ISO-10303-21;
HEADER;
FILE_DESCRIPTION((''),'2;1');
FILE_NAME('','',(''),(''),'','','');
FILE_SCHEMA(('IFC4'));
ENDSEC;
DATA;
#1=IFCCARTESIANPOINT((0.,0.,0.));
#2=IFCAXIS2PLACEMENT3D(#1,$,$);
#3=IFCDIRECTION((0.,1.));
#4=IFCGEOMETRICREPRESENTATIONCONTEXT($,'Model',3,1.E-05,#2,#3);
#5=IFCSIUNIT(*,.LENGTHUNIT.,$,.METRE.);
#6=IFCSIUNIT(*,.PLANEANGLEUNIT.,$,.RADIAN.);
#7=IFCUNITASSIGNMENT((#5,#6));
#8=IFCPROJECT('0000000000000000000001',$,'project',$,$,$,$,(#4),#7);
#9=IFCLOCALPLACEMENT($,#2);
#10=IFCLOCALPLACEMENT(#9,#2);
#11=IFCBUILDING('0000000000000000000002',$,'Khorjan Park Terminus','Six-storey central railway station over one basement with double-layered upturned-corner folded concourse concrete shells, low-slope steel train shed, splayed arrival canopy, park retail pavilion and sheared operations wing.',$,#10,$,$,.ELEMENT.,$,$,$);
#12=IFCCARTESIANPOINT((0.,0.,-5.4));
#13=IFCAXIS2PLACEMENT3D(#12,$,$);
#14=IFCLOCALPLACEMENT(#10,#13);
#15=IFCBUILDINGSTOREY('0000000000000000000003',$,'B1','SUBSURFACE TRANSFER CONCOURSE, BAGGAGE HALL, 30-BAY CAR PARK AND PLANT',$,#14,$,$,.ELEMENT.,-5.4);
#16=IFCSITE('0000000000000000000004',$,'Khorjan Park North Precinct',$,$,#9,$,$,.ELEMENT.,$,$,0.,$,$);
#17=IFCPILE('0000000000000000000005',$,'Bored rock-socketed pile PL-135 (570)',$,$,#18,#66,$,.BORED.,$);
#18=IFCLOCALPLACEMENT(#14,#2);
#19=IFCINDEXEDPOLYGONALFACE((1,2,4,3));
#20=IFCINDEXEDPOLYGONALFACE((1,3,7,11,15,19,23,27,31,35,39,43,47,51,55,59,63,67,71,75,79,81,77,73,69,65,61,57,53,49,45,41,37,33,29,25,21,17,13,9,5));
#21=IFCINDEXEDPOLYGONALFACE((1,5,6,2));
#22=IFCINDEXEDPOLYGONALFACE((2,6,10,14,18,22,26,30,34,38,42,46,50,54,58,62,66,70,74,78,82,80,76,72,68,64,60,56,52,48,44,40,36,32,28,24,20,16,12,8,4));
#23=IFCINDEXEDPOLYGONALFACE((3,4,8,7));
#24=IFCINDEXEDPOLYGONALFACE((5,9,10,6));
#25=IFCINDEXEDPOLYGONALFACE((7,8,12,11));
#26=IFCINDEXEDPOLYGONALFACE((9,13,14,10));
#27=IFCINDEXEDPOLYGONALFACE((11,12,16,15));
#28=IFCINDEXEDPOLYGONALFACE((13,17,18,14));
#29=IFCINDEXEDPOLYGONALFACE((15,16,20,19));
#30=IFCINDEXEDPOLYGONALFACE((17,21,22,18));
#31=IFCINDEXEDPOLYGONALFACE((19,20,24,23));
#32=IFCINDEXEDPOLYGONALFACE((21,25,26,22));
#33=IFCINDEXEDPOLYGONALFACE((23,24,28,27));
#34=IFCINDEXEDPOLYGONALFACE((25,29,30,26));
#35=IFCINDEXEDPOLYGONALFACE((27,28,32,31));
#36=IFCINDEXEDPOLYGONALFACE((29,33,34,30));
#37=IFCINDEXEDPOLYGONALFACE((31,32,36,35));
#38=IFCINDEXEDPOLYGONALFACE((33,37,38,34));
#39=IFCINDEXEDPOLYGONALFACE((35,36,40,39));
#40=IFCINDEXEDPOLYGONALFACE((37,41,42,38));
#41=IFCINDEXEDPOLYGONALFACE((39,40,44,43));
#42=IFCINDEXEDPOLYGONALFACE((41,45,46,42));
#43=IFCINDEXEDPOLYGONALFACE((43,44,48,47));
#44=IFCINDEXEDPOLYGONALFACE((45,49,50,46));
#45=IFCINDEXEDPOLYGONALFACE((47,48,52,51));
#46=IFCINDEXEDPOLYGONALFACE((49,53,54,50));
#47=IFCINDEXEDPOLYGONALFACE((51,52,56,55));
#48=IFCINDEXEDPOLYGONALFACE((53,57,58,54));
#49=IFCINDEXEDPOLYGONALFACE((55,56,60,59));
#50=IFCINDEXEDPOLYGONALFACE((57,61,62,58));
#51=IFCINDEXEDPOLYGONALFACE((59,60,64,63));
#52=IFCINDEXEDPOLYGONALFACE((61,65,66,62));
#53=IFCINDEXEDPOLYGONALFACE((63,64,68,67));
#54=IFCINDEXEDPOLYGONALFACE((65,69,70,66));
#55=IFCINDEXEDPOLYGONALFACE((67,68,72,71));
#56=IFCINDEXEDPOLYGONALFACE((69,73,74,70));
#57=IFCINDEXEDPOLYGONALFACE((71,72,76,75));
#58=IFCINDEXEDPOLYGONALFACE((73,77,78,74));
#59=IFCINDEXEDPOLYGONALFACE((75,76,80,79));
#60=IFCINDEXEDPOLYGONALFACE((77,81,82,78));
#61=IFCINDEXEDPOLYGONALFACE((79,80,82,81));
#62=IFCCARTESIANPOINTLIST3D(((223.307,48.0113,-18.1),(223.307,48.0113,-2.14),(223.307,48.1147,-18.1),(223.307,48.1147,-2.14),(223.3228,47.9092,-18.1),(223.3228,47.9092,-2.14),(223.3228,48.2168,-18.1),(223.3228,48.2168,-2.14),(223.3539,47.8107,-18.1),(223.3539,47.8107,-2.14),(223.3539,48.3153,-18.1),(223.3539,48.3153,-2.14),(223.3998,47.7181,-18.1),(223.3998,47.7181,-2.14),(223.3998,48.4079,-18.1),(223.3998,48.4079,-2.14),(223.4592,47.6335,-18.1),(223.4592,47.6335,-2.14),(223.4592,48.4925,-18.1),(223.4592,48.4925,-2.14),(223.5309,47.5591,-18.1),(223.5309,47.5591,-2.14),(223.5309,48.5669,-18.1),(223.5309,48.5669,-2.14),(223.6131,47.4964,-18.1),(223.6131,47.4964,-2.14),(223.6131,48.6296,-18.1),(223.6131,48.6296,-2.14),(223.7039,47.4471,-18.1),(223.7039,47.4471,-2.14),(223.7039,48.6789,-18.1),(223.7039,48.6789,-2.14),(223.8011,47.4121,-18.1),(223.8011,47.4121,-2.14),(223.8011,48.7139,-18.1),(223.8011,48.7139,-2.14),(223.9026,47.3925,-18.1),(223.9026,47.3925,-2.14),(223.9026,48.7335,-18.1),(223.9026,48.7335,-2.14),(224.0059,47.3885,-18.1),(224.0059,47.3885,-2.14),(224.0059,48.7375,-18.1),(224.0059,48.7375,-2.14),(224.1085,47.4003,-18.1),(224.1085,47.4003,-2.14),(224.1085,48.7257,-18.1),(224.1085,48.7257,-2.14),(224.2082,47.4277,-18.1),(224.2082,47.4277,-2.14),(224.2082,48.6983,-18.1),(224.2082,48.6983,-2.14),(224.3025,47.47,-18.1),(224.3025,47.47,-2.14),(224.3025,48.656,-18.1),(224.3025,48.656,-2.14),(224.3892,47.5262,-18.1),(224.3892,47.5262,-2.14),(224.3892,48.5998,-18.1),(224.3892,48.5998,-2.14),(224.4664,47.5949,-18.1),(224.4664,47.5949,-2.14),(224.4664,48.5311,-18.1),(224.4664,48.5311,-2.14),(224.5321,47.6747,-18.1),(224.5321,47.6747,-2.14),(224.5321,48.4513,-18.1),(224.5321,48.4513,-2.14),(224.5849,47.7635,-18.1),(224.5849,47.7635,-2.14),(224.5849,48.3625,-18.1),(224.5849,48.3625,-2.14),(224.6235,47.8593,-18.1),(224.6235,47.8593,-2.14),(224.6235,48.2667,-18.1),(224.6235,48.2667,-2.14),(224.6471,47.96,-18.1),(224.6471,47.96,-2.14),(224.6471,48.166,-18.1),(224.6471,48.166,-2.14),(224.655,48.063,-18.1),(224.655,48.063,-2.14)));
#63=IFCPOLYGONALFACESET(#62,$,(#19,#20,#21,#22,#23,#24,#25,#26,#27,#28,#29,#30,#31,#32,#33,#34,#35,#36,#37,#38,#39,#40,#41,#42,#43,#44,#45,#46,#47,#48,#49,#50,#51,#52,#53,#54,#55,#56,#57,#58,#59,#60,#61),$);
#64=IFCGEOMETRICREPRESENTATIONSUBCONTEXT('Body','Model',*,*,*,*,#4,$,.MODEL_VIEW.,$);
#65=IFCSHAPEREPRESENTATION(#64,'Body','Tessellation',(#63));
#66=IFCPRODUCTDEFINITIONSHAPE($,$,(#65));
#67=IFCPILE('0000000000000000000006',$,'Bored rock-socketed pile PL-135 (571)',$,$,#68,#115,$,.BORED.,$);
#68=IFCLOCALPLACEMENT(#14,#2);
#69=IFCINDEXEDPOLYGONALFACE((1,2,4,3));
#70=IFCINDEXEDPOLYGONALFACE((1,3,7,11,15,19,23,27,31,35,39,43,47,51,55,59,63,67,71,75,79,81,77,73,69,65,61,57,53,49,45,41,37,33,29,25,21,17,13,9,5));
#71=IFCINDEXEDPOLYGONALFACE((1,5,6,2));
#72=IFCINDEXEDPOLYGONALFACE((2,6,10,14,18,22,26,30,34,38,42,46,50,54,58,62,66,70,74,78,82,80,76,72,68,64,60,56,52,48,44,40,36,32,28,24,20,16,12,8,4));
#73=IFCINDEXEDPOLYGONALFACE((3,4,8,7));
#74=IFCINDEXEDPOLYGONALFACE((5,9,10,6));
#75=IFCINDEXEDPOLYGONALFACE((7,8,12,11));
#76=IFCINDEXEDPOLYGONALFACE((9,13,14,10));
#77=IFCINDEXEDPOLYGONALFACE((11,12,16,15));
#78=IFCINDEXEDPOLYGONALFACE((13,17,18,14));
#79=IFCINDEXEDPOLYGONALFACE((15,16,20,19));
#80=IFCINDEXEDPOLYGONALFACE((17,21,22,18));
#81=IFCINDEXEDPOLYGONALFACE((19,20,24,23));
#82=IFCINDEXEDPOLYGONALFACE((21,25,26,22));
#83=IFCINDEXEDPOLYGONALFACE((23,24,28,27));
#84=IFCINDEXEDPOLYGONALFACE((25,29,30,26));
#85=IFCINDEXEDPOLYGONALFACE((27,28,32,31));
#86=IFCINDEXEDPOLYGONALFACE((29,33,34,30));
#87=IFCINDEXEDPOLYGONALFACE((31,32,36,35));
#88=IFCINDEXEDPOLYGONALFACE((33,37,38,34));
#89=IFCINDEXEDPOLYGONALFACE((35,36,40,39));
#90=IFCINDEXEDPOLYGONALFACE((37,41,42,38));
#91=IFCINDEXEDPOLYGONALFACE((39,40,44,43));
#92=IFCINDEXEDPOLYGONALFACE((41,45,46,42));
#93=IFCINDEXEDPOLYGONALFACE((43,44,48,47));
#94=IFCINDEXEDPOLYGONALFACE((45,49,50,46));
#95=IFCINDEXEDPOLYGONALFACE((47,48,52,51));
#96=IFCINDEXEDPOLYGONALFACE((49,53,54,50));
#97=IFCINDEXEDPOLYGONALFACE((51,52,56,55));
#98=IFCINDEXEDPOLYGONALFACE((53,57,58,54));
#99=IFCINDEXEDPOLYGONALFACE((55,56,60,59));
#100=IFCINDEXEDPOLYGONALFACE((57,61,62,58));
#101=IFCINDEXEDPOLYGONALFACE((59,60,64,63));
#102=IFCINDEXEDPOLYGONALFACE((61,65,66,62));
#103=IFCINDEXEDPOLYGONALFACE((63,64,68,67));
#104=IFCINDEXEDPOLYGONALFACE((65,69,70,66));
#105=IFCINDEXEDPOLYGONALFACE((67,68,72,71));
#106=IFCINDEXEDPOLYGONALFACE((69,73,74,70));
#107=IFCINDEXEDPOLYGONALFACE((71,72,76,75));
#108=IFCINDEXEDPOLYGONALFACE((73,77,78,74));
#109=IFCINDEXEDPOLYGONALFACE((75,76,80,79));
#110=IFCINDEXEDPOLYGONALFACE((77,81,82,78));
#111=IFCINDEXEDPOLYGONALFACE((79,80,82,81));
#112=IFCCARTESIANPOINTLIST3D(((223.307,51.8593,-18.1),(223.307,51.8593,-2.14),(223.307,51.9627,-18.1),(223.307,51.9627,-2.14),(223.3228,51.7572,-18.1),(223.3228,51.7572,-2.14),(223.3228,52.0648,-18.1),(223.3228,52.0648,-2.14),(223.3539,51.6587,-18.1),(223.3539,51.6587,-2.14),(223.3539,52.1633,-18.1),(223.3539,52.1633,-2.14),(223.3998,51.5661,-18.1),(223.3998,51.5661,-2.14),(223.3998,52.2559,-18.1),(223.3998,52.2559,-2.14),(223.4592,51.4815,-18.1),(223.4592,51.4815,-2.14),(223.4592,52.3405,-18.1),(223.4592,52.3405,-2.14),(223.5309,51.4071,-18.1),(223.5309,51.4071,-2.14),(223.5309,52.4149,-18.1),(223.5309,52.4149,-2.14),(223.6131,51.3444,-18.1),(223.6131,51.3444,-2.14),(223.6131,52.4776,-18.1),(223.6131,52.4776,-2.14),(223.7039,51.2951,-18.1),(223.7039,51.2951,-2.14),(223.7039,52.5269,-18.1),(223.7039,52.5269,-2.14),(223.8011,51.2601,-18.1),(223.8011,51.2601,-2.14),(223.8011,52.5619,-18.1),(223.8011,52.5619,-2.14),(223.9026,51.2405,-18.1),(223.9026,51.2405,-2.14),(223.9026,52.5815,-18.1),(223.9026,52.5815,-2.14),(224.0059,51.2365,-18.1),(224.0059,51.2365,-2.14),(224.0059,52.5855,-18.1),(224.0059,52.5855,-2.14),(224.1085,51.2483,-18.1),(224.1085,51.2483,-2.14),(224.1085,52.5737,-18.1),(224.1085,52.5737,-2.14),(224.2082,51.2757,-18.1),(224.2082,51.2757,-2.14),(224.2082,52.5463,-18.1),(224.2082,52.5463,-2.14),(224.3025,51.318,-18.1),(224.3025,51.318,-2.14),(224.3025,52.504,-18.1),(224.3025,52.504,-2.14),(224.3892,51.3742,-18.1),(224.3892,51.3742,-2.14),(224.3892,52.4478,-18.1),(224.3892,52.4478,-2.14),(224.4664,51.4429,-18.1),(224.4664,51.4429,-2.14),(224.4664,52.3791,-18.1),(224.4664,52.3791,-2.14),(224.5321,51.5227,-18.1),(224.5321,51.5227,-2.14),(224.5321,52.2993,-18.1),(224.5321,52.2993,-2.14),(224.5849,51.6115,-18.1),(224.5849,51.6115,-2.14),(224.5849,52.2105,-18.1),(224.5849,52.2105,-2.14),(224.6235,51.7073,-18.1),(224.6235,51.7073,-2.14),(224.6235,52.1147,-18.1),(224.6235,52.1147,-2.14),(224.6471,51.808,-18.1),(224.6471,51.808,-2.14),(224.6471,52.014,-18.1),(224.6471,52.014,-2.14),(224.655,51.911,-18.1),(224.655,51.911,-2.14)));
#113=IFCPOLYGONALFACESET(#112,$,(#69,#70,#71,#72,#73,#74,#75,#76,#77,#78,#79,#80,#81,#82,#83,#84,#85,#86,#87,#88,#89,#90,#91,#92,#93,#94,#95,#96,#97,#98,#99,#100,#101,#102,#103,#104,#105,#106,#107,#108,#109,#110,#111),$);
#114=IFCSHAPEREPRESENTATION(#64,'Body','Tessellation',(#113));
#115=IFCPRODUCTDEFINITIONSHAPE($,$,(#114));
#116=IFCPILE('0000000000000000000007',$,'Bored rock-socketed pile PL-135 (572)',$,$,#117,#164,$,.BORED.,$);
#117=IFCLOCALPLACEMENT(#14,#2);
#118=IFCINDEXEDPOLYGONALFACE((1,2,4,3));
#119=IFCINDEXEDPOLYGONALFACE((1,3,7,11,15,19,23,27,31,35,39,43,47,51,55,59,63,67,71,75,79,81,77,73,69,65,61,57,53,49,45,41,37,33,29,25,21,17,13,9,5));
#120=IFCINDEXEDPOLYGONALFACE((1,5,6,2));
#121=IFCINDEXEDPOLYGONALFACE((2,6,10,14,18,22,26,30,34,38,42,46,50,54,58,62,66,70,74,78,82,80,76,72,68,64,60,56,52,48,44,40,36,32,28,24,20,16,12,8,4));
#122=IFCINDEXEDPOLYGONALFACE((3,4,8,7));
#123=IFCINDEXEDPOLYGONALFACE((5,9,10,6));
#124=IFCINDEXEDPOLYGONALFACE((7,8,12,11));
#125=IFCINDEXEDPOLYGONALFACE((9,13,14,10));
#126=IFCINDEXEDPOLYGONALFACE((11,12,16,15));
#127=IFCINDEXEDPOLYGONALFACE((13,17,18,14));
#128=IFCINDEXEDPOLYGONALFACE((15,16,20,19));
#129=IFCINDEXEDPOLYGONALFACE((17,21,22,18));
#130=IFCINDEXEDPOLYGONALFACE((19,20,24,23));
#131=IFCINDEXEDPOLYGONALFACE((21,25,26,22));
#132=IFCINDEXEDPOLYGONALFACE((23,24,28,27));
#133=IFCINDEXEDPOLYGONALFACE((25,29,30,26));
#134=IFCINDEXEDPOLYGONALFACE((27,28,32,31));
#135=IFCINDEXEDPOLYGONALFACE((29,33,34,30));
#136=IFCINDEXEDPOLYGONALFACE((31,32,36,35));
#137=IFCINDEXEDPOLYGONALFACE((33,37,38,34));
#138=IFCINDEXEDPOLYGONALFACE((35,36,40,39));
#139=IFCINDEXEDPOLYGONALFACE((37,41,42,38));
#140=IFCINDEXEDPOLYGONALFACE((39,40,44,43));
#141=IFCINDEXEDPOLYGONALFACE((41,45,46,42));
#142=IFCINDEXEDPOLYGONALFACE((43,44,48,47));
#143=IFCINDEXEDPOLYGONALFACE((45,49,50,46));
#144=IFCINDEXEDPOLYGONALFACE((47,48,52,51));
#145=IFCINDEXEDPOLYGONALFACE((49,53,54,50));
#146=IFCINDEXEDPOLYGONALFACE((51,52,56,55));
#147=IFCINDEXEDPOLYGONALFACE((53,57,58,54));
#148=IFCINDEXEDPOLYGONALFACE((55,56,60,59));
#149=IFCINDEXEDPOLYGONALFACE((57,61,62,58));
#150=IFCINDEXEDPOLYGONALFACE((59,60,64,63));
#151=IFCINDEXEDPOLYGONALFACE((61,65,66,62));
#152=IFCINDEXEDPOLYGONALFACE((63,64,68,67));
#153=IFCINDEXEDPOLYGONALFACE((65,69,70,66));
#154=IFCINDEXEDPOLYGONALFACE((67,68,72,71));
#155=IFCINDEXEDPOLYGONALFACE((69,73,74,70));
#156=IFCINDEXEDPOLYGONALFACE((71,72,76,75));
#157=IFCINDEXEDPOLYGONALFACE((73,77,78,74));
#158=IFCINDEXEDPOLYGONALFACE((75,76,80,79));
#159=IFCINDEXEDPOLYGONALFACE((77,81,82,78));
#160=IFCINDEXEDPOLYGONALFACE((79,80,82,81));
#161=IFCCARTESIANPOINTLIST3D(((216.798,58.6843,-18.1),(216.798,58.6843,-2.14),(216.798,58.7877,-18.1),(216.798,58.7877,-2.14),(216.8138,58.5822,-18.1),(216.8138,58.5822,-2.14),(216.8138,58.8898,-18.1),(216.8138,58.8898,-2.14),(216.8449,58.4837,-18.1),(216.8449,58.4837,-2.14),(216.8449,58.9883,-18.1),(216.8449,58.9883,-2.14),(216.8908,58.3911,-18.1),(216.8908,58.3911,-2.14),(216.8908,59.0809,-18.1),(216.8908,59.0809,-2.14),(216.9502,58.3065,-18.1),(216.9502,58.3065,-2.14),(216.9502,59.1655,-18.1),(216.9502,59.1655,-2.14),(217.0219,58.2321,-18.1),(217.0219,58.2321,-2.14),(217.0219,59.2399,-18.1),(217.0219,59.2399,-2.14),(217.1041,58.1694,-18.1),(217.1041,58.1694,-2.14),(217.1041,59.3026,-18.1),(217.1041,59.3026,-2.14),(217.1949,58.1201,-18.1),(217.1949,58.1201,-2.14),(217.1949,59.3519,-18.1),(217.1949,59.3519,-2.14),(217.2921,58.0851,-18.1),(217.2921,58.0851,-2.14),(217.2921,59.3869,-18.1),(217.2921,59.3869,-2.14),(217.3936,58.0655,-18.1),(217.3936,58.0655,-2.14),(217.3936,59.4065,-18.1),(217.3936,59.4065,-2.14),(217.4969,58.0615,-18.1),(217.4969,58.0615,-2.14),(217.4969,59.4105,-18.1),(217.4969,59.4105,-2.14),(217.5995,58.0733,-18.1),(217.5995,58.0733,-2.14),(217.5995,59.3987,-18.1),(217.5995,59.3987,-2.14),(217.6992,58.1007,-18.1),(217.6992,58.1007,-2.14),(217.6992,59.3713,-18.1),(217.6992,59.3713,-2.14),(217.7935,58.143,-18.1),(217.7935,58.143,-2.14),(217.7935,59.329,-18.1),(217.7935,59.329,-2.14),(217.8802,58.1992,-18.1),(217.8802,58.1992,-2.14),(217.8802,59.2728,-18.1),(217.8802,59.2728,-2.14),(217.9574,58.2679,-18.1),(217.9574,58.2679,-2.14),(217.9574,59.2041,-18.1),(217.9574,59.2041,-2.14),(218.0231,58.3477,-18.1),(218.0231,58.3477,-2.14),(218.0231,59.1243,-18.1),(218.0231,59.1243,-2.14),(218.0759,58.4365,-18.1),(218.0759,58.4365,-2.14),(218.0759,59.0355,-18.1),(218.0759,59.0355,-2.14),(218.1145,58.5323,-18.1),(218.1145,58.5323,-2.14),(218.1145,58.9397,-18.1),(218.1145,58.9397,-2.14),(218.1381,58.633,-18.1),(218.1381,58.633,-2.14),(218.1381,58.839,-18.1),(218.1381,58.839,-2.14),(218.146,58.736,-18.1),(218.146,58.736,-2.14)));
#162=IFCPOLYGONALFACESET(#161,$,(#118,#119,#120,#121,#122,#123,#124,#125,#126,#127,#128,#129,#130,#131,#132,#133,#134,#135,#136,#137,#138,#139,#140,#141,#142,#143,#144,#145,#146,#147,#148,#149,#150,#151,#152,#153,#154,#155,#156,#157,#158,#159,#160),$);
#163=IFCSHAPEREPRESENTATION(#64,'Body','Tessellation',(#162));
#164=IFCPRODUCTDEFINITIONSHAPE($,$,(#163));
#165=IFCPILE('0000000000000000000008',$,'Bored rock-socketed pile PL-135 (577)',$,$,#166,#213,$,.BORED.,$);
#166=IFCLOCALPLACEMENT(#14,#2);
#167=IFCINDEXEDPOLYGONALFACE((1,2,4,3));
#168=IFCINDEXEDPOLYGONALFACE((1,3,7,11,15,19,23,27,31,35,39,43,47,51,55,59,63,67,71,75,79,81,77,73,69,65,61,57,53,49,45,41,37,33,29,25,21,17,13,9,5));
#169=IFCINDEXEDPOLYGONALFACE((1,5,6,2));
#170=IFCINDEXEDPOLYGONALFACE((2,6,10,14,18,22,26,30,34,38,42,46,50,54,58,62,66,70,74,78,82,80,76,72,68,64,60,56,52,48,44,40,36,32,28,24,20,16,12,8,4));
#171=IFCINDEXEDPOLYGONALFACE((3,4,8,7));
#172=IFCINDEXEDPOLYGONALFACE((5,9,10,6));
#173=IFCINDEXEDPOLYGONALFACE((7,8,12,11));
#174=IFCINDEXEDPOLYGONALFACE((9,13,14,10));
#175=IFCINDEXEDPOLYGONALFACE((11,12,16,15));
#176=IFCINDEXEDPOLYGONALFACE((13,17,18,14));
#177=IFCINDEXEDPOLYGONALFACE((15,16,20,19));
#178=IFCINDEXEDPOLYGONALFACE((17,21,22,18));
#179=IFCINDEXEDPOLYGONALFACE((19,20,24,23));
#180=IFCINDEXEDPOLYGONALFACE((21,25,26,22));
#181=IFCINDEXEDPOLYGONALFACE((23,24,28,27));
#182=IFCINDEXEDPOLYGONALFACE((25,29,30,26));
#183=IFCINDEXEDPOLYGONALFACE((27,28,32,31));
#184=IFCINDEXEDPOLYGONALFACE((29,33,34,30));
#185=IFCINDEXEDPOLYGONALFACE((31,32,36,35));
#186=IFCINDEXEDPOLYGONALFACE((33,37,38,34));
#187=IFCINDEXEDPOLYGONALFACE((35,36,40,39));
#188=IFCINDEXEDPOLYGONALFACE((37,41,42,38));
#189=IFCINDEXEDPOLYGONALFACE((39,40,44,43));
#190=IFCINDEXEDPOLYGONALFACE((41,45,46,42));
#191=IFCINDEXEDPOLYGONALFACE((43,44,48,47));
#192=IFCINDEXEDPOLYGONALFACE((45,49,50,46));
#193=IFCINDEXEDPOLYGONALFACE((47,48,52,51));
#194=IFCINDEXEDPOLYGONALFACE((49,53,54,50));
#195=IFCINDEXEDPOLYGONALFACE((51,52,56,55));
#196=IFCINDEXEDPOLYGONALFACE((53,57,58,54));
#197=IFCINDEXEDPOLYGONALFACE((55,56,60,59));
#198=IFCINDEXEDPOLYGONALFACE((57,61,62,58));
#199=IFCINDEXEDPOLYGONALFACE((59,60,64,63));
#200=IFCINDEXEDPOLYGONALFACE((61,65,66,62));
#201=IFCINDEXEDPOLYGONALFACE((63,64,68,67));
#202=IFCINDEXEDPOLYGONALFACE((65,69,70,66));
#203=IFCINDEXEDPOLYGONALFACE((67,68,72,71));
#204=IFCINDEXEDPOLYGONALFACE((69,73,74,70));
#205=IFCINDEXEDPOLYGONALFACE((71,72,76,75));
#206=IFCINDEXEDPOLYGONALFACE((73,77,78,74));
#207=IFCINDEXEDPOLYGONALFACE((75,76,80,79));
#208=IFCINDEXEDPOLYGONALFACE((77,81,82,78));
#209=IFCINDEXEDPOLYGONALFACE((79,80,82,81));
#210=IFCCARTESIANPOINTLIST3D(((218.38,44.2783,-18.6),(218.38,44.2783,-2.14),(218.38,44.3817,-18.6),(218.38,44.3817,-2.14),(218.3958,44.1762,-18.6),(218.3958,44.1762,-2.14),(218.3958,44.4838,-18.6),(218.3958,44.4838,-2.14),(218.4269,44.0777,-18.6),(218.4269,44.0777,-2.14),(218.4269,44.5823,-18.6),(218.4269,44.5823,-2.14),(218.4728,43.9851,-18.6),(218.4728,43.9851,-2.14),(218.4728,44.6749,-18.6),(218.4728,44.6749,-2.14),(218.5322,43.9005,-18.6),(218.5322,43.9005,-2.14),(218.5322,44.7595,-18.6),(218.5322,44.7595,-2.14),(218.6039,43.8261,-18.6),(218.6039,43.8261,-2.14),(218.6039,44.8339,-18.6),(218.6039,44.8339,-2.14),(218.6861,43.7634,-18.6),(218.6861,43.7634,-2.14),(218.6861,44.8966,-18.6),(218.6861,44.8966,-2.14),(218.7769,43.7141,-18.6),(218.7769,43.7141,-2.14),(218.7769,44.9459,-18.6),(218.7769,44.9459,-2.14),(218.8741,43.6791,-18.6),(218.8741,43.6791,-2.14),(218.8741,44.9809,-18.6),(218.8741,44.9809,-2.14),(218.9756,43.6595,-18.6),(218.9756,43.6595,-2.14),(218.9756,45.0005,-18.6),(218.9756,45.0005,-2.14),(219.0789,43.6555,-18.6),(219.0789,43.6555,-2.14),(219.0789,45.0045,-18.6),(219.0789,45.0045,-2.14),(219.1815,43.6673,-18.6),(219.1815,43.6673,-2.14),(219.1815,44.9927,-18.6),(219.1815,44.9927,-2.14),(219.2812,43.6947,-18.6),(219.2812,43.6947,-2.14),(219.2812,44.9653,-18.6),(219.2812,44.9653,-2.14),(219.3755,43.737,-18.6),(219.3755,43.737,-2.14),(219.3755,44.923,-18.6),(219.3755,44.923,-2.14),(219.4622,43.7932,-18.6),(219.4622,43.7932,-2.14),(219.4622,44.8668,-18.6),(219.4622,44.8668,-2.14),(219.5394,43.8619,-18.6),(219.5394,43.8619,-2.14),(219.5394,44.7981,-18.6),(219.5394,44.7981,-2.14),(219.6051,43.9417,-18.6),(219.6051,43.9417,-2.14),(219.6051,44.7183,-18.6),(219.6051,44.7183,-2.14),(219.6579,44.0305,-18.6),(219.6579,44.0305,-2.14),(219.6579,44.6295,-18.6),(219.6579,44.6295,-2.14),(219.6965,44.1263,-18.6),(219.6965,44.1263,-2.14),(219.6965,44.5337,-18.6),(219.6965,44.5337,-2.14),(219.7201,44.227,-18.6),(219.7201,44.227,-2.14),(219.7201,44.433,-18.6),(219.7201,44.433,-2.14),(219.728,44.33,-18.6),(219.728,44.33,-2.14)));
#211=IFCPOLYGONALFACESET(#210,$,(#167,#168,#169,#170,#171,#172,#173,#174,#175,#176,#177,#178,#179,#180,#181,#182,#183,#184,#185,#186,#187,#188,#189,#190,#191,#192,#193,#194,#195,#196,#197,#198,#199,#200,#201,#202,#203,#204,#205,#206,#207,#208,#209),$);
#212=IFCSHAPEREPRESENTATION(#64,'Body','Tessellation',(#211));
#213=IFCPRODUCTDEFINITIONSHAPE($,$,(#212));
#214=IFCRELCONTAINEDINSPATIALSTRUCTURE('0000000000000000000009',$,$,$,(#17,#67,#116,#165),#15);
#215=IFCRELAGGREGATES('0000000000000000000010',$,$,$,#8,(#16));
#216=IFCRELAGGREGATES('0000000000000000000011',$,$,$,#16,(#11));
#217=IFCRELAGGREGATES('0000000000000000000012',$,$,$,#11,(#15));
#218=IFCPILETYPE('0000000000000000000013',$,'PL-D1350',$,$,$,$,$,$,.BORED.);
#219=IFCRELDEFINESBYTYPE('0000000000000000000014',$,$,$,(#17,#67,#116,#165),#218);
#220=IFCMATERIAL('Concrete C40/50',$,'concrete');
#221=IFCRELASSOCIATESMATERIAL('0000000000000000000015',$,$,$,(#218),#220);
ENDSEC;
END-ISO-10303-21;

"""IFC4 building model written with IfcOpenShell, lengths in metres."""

from ifc_helpers import new_model, si_unit, direction, frame, origin, origin_2d, place, context, subcontext, project, spatial, circle, extrude, material, material_profile, profile_set, type_object, element, save


model = new_model("IFC4")

# Units and contexts
model_context = context("Model", 3, precision=1e-05, world=origin(), true_north=direction((0.0, 1.0)))
body_context = subcontext(model_context, "Body", "Model", "MODEL_VIEW")
ifc_project = project(units=[si_unit("LENGTHUNIT", "METRE"), si_unit("PLANEANGLEUNIT", "RADIAN")], contexts=[model_context])

# Site, building, storey
site_placement = place(None, origin())
site = spatial("IfcSite", under=ifc_project, at=site_placement, Name="Khorjan Park North Precinct", CompositionType="ELEMENT", RefElevation=0.0)
building_placement = place(site_placement, origin())
building = spatial("IfcBuilding", under=site, at=building_placement, Name="Khorjan Park Terminus", Description="Six-storey central railway station over one basement with double-layered upturned-corner folded concourse concrete shells, low-slope steel train shed, splayed arrival canopy, park retail pavilion and sheared operations wing.", CompositionType="ELEMENT")
storey_placement = place(building_placement, frame((0.0, 0.0, -5.4)))
storey = spatial("IfcBuildingStorey", under=building, at=storey_placement, Name="B1", Description="SUBSURFACE TRANSFER CONCOURSE, BAGGAGE HALL, 30-BAY CAR PARK AND PLANT", CompositionType="ELEMENT", Elevation=-5.4)

# Piles
ifc_material_1 = material(Name="Concrete C40/50", Category="concrete")
ifc_material_profile_1 = material_profile(ifc_material_1, circle(Radius=0.675, at=origin_2d()), Name="BORED D1350")
ifc_profile_set_1 = profile_set([ifc_material_profile_1], Name="Concrete C40/50")
pile_type = type_object("IfcPileType", Name="PL-D1350", PredefinedType="BORED", material=ifc_profile_set_1)
for number, where, z_axis, x_axis, name in (
    (1, (223.98, 48.063, -2.14), (0.0, 0.0, -1.0), (1.0, 0.0, 0.0), "Bored rock-socketed pile PL-135 (570)"),
    (2, (223.98, 51.911, -2.14), (0.0, 0.0, -1.0), (1.0, 0.0, 0.0), "Bored rock-socketed pile PL-135 (571)"),
    (3, (217.471, 58.736, -2.14), (0.0, 0.0, -1.0), (1.0, 0.0, 0.0), "Bored rock-socketed pile PL-135 (572)"),
):
    element("IfcPile", number, at=place(storey_placement, frame(where, z_axis=z_axis, x_axis=x_axis)), inside=storey, type_object=pile_type, Name=name, PredefinedType="BORED", context=body_context, shape_type="SweptSolid", body=[
        extrude(circle(Radius=0.675, at=origin_2d()), origin(), (0.0, 0.0, 1.0), 15.96),
    ])
pile_placement = place(storey_placement, frame((219.053, 44.33, -2.14), z_axis=(0.0, 0.0, -1.0), x_axis=(1.0, 0.0, 0.0)))
element("IfcPile", 4, at=pile_placement, inside=storey, type_object=pile_type, Name="Bored rock-socketed pile PL-135 (577)", PredefinedType="BORED", context=body_context, shape_type="SweptSolid", body=[
    extrude(circle(Radius=0.675, at=origin_2d()), origin(), (0.0, 0.0, 1.0), 16.46),
])

save(model, "model.ifc")
